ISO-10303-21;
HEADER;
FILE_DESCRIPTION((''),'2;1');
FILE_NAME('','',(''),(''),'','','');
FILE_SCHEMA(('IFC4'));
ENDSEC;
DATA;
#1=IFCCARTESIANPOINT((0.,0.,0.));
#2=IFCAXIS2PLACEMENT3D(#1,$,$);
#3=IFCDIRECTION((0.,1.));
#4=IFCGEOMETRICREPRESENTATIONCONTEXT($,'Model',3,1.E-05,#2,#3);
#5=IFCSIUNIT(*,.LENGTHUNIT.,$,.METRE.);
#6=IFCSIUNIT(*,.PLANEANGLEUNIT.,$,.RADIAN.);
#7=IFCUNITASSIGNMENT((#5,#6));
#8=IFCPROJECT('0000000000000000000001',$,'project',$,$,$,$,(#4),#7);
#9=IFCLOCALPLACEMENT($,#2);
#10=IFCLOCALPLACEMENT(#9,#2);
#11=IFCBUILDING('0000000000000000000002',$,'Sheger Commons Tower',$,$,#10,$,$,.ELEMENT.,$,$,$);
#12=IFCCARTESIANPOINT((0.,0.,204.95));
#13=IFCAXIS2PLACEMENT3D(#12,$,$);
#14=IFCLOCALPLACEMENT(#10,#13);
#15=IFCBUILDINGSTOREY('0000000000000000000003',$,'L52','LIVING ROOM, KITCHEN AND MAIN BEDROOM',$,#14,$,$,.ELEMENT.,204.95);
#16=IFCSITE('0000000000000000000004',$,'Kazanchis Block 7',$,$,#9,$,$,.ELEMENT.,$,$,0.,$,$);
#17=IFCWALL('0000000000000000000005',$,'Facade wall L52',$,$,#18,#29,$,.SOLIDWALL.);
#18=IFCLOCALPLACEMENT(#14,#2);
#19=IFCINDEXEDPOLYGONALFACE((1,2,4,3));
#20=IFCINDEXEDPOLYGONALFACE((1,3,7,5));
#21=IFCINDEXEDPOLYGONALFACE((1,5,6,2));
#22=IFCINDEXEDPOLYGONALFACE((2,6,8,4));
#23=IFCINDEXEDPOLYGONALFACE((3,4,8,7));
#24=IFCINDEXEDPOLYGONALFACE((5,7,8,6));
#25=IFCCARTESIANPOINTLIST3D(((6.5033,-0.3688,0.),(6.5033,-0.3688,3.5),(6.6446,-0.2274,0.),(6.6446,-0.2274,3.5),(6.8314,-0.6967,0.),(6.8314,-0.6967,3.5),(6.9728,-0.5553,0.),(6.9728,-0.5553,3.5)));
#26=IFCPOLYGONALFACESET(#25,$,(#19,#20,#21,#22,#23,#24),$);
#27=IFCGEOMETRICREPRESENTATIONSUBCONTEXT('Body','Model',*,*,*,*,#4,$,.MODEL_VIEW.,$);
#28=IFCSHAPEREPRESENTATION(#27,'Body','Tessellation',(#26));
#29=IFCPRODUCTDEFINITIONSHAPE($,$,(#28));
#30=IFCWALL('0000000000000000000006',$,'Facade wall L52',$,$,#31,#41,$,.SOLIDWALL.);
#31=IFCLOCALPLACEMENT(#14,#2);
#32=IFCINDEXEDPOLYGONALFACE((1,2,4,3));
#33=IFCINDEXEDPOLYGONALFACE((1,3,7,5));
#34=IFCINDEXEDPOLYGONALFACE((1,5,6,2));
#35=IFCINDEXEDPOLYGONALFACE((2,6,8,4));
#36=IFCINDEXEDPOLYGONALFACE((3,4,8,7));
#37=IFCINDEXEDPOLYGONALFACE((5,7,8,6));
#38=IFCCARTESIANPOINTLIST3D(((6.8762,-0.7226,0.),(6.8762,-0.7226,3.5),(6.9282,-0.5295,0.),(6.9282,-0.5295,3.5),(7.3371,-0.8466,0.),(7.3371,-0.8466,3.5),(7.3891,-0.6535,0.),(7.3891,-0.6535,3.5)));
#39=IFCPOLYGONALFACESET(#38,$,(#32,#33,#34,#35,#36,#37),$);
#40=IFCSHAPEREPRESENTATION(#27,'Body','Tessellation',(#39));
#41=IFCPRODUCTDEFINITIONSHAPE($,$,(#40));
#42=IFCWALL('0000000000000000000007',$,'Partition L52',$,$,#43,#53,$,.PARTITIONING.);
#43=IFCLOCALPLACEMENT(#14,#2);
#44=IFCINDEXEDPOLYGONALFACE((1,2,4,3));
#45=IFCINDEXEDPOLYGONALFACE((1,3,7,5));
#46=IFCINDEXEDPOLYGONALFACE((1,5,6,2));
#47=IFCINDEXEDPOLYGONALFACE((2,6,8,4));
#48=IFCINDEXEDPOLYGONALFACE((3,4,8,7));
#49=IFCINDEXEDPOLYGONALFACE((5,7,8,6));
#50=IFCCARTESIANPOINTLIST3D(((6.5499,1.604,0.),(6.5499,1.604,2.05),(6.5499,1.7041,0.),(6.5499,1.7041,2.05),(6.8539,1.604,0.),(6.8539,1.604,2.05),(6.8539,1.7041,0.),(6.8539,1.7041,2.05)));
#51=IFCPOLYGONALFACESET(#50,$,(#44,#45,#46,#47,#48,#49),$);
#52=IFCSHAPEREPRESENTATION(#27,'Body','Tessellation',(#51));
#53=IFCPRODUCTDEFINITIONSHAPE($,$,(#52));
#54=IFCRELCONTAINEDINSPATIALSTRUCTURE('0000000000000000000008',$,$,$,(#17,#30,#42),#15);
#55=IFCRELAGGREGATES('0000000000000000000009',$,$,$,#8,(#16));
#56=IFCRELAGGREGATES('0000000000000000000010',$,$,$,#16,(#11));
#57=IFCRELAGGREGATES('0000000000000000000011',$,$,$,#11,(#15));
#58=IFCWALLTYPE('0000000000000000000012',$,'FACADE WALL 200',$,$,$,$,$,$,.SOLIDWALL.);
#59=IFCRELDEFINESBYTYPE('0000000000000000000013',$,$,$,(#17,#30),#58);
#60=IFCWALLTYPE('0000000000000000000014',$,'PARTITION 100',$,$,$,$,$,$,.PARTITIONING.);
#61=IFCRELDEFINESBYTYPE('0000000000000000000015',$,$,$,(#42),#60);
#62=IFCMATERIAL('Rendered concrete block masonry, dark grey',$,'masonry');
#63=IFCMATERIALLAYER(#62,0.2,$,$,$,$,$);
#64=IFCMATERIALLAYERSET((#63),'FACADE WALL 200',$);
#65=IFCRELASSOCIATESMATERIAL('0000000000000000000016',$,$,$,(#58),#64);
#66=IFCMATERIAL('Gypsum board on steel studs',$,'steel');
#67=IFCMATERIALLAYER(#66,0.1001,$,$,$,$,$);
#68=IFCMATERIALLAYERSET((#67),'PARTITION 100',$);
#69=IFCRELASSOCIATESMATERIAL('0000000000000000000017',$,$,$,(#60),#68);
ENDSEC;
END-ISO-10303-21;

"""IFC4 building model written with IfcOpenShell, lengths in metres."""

from ifc_helpers import new_model, si_unit, direction, frame, frame_2d, origin, place, context, subcontext, project, spatial, rectangle, extrude, material, layer, layer_set, type_object, element, save


model = new_model("IFC4")

# Units and contexts
model_context = context("Model", 3, precision=1e-05, world=origin(), true_north=direction((0.0, 1.0)))
body_context = subcontext(model_context, "Body", "Model", "MODEL_VIEW")
ifc_project = project(units=[si_unit("LENGTHUNIT", "METRE"), si_unit("PLANEANGLEUNIT", "RADIAN")], contexts=[model_context])

# Site, building, storey
site_placement = place(None, origin())
site = spatial("IfcSite", under=ifc_project, at=site_placement, Name="Kazanchis Block 7", CompositionType="ELEMENT", RefElevation=0.0)
building_placement = place(site_placement, origin())
building = spatial("IfcBuilding", under=site, at=building_placement, Name="Sheger Commons Tower", CompositionType="ELEMENT")
storey_placement = place(building_placement, frame((0.0, 0.0, 204.95)))
storey = spatial("IfcBuildingStorey", under=building, at=storey_placement, Name="L52", Description="LIVING ROOM, KITCHEN AND MAIN BEDROOM", CompositionType="ELEMENT", Elevation=204.95)

# Shared definitions
ifc_material_1 = material(Name="Rendered concrete block masonry, dark grey", Category="masonry")
ifc_layer_1 = layer(ifc_material_1, 0.2)
ifc_layer_set_1 = layer_set([ifc_layer_1], Name="FACADE WALL 200")
wall_type_1 = type_object("IfcWallType", Name="FACADE WALL 200", PredefinedType="SOLIDWALL", material=ifc_layer_set_1)

# Walls
wall_1_placement = place(storey_placement, frame((6.574, -0.2981, 0.0), z_axis=(0.0, 0.0, 1.0), x_axis=(0.70737, -0.706844, 0.0)))
element("IfcWall", 1, at=wall_1_placement, inside=storey, type_object=wall_type_1, Name="Facade wall L52", PredefinedType="SOLIDWALL", context=body_context, shape_type="SweptSolid", body=[
    extrude(rectangle(XDim=0.4639, YDim=0.2, at=frame_2d((0.2319, 0.0))), origin(), (0.0, 0.0, 1.0), 3.5),
])
wall_2_placement = place(storey_placement, frame((6.9021, -0.626, 0.0), z_axis=(0.0, 0.0, 1.0), x_axis=(0.965655, -0.259827, 0.0)))
element("IfcWall", 2, at=wall_2_placement, inside=storey, type_object=wall_type_1, Name="Facade wall L52", PredefinedType="SOLIDWALL", context=body_context, shape_type="SweptSolid", body=[
    extrude(rectangle(XDim=0.4773, YDim=0.2, at=frame_2d((0.2388, 0.0))), origin(), (0.0, 0.0, 1.0), 3.5),
])
ifc_material_2 = material(Name="Gypsum board on steel studs", Category="steel")
ifc_layer_2 = layer(ifc_material_2, 0.1001)
ifc_layer_set_2 = layer_set([ifc_layer_2], Name="PARTITION 100")
wall_type_2 = type_object("IfcWallType", Name="PARTITION 100", PredefinedType="PARTITIONING", material=ifc_layer_set_2)
wall_3_placement = place(storey_placement, frame((6.55, 1.6541, 0.0), z_axis=(0.0, 0.0, 1.0), x_axis=(1.0, 0.0, 0.0)))
element("IfcWall", 3, at=wall_3_placement, inside=storey, type_object=wall_type_2, Name="Partition L52", PredefinedType="PARTITIONING", context=body_context, shape_type="SweptSolid", body=[
    extrude(rectangle(XDim=0.304, YDim=0.1001, at=frame_2d((0.1519, 0.0))), origin(), (0.0, 0.0, 1.0), 2.05),
])

save(model, "model.ifc")
